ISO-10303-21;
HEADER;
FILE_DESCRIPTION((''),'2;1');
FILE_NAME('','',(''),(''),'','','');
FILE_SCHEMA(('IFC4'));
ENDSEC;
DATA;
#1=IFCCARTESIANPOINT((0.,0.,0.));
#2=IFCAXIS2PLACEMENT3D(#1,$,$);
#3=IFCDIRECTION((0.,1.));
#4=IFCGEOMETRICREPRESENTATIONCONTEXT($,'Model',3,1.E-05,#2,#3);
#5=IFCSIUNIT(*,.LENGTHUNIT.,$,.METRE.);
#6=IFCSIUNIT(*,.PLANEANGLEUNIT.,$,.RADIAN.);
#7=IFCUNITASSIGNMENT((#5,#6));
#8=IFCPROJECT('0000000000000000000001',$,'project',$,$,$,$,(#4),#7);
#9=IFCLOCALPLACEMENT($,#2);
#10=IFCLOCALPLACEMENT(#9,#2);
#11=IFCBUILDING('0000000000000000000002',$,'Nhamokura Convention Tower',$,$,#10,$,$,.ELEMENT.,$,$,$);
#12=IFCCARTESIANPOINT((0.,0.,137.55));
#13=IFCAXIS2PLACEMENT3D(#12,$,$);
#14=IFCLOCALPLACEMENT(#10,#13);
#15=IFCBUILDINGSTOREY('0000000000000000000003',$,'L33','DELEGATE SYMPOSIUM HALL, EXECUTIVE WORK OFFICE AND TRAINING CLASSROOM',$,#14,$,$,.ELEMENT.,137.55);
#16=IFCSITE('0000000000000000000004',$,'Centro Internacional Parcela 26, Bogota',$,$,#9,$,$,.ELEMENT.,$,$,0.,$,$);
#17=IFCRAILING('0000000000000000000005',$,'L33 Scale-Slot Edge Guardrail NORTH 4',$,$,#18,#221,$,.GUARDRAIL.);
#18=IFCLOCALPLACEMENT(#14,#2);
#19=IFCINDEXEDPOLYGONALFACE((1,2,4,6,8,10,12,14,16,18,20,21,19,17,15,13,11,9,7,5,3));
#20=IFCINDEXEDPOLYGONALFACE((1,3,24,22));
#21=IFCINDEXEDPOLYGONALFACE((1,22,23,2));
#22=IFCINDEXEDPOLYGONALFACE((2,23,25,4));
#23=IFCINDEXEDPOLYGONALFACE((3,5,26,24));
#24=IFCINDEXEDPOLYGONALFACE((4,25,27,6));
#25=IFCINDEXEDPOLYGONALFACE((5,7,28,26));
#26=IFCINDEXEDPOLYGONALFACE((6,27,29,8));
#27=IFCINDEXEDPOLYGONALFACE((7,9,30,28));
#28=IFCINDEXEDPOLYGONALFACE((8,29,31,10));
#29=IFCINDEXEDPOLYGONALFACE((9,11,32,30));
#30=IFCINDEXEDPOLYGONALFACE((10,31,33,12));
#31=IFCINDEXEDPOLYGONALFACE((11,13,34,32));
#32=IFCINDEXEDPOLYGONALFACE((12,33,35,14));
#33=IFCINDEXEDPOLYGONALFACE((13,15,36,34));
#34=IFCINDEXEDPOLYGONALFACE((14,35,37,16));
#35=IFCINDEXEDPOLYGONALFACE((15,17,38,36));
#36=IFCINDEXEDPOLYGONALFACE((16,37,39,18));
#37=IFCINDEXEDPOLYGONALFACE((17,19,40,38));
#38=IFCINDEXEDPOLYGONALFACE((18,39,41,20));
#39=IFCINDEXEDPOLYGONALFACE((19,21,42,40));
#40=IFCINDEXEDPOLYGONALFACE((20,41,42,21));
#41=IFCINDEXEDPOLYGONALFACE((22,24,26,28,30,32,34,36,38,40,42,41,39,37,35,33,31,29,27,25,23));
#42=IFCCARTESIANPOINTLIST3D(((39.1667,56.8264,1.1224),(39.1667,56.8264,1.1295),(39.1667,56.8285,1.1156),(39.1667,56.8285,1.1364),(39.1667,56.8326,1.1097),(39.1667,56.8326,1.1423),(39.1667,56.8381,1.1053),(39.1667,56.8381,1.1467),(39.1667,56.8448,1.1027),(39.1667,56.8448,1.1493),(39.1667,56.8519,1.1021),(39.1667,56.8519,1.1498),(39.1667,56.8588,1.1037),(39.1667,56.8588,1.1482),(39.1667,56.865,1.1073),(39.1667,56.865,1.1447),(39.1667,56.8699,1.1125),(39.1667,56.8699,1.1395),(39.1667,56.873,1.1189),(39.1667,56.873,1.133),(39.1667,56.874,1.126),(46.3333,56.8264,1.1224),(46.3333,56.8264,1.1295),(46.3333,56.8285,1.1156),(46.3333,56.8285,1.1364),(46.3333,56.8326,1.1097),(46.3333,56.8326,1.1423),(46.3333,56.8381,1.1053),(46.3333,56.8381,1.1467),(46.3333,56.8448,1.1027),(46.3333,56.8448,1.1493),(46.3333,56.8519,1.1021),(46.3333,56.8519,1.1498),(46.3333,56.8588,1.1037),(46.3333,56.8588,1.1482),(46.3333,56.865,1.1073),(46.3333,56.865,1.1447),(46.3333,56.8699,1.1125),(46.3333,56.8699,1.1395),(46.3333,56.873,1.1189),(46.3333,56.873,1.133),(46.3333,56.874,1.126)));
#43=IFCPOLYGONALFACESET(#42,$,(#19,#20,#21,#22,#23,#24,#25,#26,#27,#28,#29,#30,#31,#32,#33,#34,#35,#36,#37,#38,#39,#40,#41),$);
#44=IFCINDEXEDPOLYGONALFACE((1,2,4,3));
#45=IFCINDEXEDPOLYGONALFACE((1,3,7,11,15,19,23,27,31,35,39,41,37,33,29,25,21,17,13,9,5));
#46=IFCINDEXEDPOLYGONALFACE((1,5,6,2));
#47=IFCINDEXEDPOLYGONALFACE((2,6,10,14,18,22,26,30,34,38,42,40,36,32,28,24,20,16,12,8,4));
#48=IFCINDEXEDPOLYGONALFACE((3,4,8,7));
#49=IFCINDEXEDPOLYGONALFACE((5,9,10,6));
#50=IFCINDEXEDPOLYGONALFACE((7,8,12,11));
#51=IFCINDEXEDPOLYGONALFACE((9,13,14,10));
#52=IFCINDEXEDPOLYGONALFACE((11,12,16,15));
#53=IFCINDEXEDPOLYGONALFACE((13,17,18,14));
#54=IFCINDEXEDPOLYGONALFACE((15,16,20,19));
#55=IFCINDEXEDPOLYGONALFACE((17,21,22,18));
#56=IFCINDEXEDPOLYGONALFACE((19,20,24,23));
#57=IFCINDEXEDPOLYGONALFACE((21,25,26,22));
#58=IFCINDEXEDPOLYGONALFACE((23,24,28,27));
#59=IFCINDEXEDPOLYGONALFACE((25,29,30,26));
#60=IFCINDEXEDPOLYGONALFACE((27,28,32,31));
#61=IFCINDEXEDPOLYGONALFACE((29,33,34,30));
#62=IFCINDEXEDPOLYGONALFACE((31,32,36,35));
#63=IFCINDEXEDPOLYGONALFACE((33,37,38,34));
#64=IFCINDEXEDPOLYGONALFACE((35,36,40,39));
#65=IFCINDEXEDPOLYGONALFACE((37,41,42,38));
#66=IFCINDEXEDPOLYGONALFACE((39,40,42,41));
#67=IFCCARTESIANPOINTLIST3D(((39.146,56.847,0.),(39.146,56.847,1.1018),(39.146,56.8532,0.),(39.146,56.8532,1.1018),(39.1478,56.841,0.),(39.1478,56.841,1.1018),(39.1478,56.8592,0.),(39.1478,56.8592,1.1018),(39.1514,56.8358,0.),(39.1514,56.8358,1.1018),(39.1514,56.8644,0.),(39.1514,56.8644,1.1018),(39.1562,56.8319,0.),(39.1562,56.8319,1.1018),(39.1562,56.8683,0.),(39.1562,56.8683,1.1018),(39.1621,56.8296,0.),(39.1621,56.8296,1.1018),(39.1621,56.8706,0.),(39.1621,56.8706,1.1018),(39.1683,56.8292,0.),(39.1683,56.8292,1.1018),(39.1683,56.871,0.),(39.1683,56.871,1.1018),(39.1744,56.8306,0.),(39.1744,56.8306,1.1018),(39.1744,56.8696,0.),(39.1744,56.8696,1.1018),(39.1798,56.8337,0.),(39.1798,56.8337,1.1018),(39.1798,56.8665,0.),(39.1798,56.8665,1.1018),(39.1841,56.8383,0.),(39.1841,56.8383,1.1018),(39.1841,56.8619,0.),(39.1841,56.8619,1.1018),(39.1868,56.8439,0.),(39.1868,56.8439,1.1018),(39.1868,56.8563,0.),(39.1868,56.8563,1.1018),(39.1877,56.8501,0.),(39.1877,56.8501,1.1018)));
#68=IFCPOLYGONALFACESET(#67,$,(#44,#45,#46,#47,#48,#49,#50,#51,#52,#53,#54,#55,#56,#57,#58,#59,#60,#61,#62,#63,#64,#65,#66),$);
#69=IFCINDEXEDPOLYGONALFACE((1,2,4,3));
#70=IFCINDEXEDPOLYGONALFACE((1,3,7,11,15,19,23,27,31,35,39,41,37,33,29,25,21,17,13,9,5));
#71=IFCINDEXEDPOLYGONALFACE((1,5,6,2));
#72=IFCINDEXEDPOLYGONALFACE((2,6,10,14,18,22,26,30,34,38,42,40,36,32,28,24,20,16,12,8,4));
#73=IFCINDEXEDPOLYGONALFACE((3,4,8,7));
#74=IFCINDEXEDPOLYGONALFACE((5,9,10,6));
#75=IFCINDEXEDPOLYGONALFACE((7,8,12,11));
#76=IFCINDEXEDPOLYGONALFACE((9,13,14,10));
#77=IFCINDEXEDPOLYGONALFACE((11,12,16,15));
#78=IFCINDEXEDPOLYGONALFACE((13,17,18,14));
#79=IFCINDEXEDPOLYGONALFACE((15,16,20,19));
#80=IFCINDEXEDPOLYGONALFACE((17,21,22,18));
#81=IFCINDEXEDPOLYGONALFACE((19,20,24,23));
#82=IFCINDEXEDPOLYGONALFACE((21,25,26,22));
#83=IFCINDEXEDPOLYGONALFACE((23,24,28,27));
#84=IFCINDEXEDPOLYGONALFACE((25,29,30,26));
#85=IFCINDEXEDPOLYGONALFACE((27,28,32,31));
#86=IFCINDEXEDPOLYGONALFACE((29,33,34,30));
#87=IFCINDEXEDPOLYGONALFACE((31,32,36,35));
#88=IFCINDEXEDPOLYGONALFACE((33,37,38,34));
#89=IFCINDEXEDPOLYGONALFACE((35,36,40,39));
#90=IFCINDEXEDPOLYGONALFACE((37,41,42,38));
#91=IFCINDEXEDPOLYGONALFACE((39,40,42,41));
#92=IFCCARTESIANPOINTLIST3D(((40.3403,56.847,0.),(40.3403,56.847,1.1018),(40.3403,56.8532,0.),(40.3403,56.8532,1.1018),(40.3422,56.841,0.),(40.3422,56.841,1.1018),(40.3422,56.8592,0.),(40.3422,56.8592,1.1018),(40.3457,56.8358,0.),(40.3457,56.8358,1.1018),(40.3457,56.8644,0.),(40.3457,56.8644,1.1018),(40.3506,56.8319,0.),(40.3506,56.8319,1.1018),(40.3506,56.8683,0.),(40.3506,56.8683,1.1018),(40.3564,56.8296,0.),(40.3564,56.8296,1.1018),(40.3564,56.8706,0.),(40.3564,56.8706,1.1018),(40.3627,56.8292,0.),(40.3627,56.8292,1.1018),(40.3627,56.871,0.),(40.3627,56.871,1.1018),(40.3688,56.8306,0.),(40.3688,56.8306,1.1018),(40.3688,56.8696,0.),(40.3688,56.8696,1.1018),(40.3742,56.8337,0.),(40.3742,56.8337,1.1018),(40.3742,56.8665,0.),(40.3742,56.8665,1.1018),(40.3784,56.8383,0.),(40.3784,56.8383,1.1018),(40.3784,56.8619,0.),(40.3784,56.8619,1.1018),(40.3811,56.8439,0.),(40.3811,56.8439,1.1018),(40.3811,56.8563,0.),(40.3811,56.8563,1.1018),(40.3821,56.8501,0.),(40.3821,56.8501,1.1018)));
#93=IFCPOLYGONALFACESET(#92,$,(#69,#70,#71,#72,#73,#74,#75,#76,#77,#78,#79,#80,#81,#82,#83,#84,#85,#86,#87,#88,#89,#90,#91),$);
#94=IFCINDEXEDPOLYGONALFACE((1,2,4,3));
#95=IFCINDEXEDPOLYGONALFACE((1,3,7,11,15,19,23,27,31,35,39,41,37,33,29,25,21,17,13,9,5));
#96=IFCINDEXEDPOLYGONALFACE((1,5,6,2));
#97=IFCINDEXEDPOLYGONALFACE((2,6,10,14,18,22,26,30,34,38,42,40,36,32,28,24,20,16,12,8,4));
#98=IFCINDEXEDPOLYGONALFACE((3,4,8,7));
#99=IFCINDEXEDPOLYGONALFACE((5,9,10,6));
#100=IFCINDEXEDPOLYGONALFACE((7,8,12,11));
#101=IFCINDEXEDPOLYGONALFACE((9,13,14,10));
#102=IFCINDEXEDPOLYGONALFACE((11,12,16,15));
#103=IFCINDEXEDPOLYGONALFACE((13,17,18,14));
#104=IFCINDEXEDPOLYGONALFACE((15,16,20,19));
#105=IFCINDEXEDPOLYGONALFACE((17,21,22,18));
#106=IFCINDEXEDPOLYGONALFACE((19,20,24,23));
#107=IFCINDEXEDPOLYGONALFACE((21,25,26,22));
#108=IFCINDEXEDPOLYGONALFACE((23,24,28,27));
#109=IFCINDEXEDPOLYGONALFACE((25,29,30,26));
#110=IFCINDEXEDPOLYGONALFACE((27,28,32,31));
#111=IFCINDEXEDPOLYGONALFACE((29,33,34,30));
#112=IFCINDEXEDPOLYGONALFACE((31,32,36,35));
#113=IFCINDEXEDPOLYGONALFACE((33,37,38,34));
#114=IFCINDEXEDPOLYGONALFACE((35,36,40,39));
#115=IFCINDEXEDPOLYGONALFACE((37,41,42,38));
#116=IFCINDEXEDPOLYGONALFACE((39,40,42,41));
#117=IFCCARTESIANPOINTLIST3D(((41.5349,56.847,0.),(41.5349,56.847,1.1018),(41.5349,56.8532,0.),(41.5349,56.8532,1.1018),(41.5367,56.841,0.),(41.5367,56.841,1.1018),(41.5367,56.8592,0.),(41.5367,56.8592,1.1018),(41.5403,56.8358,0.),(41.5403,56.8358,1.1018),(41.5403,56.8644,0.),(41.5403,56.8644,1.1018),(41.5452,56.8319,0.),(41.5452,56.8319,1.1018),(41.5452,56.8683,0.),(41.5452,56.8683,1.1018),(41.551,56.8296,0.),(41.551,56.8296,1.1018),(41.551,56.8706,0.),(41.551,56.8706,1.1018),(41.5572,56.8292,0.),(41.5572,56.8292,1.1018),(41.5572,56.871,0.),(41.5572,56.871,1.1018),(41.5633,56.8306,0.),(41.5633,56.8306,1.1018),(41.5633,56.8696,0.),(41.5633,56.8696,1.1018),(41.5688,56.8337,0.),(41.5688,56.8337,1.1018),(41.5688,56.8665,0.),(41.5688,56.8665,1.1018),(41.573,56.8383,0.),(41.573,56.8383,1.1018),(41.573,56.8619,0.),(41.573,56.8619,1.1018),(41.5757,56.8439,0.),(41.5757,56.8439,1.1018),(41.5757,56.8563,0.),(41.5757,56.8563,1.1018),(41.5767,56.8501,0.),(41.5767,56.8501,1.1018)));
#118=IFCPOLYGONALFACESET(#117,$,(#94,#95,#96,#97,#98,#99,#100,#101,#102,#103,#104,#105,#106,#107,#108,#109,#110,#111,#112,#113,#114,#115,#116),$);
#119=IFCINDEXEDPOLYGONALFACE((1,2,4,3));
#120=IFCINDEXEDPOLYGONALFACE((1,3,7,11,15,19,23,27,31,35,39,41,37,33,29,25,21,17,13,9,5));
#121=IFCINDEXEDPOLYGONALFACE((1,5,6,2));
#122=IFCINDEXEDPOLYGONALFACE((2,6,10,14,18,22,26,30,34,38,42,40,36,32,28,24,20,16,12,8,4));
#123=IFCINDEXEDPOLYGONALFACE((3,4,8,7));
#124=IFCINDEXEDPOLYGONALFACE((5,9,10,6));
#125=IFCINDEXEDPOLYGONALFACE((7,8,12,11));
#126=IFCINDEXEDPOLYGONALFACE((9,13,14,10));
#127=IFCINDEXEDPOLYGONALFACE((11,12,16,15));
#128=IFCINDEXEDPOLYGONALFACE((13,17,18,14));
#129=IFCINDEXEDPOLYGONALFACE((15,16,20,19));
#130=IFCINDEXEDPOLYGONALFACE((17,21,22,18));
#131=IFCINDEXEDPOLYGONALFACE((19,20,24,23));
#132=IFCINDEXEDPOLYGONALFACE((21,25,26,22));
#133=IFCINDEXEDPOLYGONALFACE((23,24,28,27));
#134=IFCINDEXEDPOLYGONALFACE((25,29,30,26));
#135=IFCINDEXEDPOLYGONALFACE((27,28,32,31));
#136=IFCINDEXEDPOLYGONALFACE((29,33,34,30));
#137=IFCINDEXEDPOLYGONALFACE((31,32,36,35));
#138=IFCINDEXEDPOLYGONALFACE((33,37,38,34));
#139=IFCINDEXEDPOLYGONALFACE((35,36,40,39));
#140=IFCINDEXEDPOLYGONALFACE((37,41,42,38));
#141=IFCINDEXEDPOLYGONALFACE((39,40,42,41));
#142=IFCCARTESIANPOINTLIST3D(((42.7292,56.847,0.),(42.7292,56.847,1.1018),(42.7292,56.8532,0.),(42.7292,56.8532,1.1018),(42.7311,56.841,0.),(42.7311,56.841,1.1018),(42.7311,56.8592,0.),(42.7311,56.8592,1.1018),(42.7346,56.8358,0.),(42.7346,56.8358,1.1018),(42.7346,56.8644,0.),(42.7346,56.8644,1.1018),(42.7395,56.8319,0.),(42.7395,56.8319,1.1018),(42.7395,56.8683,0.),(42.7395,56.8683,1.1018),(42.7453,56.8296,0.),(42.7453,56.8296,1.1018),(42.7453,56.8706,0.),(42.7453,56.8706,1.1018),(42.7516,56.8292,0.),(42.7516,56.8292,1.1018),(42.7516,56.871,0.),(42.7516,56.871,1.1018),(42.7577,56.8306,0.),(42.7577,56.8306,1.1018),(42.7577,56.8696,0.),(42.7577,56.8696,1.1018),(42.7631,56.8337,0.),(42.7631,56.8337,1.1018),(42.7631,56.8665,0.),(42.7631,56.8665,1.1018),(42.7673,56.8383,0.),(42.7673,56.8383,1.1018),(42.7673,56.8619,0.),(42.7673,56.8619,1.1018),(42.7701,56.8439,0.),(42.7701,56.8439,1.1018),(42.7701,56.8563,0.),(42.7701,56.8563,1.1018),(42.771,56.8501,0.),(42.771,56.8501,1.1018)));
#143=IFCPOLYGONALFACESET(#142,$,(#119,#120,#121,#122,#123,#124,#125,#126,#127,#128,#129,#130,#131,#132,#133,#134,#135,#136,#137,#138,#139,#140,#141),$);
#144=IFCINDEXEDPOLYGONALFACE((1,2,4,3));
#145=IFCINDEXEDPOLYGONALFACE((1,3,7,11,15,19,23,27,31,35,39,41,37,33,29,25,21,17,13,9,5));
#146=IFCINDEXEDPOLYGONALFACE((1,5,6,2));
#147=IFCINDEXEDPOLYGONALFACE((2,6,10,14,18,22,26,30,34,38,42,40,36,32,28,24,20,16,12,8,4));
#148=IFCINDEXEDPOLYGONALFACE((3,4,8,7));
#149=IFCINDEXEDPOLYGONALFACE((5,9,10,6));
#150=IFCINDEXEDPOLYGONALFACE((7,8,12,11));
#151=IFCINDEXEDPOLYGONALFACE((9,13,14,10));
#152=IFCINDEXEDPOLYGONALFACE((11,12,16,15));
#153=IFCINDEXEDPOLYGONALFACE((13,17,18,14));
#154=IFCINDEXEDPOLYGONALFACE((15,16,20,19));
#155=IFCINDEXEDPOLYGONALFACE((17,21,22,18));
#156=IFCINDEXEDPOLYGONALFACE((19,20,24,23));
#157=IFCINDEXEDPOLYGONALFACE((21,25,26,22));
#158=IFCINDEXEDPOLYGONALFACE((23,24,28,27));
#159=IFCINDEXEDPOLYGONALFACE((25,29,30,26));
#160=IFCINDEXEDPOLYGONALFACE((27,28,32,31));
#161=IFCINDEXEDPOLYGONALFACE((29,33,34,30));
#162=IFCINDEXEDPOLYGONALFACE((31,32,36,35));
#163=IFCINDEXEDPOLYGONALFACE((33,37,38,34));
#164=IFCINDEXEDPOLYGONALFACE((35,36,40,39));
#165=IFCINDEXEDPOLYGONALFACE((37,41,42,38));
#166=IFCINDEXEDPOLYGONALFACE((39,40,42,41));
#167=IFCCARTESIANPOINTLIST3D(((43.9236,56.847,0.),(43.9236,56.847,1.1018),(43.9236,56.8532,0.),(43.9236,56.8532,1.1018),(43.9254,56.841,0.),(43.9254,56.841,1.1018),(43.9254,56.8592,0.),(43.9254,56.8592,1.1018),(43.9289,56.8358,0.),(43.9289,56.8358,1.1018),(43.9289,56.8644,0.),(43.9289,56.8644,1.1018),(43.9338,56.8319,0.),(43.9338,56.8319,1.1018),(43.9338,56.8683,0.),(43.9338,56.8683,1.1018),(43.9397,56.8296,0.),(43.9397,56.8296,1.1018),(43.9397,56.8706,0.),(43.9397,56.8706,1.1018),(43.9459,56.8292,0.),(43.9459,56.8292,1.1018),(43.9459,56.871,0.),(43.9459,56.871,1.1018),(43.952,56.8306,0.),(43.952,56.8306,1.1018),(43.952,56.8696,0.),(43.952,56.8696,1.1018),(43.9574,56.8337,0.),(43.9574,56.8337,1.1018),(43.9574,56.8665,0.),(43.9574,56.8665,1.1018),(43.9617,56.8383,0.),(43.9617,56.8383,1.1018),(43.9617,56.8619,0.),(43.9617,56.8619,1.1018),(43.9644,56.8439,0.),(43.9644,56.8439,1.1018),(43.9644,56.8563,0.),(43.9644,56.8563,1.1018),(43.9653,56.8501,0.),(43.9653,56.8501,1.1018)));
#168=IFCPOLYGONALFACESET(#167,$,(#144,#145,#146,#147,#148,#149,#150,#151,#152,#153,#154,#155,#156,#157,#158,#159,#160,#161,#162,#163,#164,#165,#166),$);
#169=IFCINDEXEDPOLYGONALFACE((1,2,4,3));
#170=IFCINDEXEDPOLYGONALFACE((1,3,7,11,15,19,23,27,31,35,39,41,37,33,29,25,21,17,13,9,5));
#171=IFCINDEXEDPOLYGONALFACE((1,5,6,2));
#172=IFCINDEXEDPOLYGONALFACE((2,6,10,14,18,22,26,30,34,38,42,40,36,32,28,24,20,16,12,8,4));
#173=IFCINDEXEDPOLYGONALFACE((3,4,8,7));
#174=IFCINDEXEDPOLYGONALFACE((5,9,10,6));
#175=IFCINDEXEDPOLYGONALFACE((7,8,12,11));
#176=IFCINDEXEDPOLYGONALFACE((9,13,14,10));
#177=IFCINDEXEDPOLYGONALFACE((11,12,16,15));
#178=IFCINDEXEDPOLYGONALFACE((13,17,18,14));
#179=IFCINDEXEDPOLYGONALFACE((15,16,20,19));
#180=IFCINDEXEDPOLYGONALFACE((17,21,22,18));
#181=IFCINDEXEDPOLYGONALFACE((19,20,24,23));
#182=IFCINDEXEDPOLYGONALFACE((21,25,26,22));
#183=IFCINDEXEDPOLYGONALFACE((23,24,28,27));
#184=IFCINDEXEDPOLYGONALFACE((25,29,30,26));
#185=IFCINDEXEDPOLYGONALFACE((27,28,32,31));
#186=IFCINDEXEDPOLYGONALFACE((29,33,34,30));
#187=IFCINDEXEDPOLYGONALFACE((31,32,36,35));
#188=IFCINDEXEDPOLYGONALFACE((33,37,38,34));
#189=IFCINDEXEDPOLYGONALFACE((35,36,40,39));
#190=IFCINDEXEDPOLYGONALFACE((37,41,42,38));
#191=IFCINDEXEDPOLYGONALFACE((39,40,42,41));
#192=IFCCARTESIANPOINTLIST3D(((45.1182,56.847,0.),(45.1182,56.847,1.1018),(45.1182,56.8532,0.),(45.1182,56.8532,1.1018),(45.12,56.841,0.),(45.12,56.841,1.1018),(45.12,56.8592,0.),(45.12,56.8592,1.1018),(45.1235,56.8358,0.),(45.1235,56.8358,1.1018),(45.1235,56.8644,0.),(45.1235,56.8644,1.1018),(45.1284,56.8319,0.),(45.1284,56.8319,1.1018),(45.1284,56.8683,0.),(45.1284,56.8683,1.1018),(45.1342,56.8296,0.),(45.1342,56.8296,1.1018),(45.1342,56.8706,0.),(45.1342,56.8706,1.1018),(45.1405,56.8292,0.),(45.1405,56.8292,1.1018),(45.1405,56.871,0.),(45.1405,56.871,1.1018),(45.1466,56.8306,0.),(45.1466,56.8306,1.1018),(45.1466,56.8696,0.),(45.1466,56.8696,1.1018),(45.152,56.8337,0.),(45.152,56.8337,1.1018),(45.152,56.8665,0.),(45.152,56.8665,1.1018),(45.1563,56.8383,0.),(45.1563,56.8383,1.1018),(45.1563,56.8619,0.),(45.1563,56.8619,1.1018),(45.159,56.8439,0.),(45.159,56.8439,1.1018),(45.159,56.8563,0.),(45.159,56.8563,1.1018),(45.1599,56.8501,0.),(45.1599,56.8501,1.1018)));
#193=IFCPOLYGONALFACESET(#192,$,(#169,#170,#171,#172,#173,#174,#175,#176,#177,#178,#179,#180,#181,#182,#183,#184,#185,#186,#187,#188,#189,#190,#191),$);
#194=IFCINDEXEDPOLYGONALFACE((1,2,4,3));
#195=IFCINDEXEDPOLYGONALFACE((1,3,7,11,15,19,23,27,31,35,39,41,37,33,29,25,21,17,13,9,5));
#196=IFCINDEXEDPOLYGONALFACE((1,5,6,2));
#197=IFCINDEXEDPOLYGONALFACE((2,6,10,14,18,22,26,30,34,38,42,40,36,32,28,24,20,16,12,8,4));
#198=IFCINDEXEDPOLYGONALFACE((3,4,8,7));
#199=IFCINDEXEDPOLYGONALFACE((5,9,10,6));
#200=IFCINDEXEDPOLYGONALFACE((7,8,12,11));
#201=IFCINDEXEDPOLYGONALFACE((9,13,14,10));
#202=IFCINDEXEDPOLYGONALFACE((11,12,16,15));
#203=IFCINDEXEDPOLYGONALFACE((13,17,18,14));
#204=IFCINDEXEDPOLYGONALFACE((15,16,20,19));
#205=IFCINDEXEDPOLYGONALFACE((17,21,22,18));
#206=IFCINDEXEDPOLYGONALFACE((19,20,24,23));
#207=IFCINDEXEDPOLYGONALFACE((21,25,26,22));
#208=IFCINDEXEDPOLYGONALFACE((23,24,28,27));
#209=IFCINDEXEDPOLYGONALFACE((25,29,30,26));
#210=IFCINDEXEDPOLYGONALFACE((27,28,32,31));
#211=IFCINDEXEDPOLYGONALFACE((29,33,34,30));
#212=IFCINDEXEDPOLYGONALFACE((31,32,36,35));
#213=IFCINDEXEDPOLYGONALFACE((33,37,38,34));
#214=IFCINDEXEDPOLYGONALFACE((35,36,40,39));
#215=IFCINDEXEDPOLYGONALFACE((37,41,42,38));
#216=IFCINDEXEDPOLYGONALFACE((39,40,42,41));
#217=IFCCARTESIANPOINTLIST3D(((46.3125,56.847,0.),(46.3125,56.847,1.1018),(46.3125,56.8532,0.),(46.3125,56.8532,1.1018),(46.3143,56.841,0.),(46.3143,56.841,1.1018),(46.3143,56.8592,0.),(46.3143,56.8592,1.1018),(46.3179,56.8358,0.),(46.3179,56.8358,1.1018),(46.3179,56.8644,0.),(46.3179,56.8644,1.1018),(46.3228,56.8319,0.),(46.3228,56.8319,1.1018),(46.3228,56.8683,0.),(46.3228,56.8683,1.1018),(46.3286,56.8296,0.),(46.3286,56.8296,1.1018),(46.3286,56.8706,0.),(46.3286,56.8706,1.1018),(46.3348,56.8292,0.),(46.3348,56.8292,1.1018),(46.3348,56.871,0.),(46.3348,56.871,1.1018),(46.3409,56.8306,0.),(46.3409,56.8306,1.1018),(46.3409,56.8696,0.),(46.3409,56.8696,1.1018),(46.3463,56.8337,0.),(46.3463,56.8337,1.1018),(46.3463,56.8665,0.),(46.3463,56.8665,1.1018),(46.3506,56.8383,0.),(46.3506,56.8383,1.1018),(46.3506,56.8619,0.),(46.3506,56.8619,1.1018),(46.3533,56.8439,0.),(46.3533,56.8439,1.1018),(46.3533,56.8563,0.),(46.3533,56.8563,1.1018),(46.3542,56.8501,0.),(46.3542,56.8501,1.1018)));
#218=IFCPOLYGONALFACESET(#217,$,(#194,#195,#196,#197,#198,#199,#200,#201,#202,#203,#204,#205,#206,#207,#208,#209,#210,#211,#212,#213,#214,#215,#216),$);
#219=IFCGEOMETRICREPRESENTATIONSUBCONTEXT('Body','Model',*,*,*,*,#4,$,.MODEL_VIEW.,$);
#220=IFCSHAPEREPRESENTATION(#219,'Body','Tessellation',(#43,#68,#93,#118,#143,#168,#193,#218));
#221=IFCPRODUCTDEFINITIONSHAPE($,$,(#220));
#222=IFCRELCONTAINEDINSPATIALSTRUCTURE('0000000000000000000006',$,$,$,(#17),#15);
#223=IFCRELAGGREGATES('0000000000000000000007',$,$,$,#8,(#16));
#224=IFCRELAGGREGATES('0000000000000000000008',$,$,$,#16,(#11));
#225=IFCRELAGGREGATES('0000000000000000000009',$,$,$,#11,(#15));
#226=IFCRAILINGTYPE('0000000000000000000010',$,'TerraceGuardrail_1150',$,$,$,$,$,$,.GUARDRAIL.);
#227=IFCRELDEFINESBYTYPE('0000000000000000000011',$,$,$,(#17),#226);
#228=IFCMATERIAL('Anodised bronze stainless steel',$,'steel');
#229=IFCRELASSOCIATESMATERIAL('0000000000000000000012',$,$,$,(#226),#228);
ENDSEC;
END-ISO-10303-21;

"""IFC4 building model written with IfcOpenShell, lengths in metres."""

from ifc_helpers import new_model, si_unit, direction, frame, origin, origin_2d, place, context, subcontext, project, spatial, circle, extrude, material, type_object, element, save


model = new_model("IFC4")

# Units and contexts
model_context = context("Model", 3, precision=1e-05, world=origin(), true_north=direction((0.0, 1.0)))
body_context = subcontext(model_context, "Body", "Model", "MODEL_VIEW")
ifc_project = project(units=[si_unit("LENGTHUNIT", "METRE"), si_unit("PLANEANGLEUNIT", "RADIAN")], contexts=[model_context])

# Site, building, storey
site_placement = place(None, origin())
site = spatial("IfcSite", under=ifc_project, at=site_placement, Name="Centro Internacional Parcela 26, Bogota", CompositionType="ELEMENT", RefElevation=0.0)
building_placement = place(site_placement, origin())
building = spatial("IfcBuilding", under=site, at=building_placement, Name="Nhamokura Convention Tower", CompositionType="ELEMENT")
storey_placement = place(building_placement, frame((0.0, 0.0, 137.55)))
storey = spatial("IfcBuildingStorey", under=building, at=storey_placement, Name="L33", Description="DELEGATE SYMPOSIUM HALL, EXECUTIVE WORK OFFICE AND TRAINING CLASSROOM", CompositionType="ELEMENT", Elevation=137.55)

# Railing
ifc_material_1 = material(Name="Anodised bronze stainless steel", Category="steel")
railing_type_1 = type_object("IfcRailingType", Name="TerraceGuardrail_1150", PredefinedType="GUARDRAIL", material=ifc_material_1)
railing_1_placement = place(storey_placement, frame((39.1667, 56.8501, 0.0)))
element("IfcRailing", 1, at=railing_1_placement, inside=storey, type_object=railing_type_1, Name="L33 Scale-Slot Edge Guardrail NORTH 4", PredefinedType="GUARDRAIL", context=body_context, shape_type="SweptSolid", body=[
    extrude(circle(Radius=0.0239, at=origin_2d()), frame((0.0, 0.0, 1.126), z_axis=(1.0, 0.0, 0.0), x_axis=(0.0, 1.0, 0.0)), (0.0, 0.0, 1.0), 7.1665),
    extrude(circle(Radius=0.021, at=origin_2d()), origin(), (0.0, 0.0, 1.0), 1.1018),
    extrude(circle(Radius=0.021, at=origin_2d()), frame((1.1943, 0.0, 0.0)), (0.0, 0.0, 1.0), 1.1018),
    extrude(circle(Radius=0.021, at=origin_2d()), frame((2.3889, 0.0, 0.0)), (0.0, 0.0, 1.0), 1.1018),
    extrude(circle(Radius=0.021, at=origin_2d()), frame((3.5833, 0.0, 0.0)), (0.0, 0.0, 1.0), 1.1018),
    extrude(circle(Radius=0.021, at=origin_2d()), frame((4.7776, 0.0, 0.0)), (0.0, 0.0, 1.0), 1.1018),
    extrude(circle(Radius=0.021, at=origin_2d()), frame((5.9722, 0.0, 0.0)), (0.0, 0.0, 1.0), 1.1018),
    extrude(circle(Radius=0.021, at=origin_2d()), frame((7.1665, 0.0, 0.0)), (0.0, 0.0, 1.0), 1.1018),
])

save(model, "model.ifc")
